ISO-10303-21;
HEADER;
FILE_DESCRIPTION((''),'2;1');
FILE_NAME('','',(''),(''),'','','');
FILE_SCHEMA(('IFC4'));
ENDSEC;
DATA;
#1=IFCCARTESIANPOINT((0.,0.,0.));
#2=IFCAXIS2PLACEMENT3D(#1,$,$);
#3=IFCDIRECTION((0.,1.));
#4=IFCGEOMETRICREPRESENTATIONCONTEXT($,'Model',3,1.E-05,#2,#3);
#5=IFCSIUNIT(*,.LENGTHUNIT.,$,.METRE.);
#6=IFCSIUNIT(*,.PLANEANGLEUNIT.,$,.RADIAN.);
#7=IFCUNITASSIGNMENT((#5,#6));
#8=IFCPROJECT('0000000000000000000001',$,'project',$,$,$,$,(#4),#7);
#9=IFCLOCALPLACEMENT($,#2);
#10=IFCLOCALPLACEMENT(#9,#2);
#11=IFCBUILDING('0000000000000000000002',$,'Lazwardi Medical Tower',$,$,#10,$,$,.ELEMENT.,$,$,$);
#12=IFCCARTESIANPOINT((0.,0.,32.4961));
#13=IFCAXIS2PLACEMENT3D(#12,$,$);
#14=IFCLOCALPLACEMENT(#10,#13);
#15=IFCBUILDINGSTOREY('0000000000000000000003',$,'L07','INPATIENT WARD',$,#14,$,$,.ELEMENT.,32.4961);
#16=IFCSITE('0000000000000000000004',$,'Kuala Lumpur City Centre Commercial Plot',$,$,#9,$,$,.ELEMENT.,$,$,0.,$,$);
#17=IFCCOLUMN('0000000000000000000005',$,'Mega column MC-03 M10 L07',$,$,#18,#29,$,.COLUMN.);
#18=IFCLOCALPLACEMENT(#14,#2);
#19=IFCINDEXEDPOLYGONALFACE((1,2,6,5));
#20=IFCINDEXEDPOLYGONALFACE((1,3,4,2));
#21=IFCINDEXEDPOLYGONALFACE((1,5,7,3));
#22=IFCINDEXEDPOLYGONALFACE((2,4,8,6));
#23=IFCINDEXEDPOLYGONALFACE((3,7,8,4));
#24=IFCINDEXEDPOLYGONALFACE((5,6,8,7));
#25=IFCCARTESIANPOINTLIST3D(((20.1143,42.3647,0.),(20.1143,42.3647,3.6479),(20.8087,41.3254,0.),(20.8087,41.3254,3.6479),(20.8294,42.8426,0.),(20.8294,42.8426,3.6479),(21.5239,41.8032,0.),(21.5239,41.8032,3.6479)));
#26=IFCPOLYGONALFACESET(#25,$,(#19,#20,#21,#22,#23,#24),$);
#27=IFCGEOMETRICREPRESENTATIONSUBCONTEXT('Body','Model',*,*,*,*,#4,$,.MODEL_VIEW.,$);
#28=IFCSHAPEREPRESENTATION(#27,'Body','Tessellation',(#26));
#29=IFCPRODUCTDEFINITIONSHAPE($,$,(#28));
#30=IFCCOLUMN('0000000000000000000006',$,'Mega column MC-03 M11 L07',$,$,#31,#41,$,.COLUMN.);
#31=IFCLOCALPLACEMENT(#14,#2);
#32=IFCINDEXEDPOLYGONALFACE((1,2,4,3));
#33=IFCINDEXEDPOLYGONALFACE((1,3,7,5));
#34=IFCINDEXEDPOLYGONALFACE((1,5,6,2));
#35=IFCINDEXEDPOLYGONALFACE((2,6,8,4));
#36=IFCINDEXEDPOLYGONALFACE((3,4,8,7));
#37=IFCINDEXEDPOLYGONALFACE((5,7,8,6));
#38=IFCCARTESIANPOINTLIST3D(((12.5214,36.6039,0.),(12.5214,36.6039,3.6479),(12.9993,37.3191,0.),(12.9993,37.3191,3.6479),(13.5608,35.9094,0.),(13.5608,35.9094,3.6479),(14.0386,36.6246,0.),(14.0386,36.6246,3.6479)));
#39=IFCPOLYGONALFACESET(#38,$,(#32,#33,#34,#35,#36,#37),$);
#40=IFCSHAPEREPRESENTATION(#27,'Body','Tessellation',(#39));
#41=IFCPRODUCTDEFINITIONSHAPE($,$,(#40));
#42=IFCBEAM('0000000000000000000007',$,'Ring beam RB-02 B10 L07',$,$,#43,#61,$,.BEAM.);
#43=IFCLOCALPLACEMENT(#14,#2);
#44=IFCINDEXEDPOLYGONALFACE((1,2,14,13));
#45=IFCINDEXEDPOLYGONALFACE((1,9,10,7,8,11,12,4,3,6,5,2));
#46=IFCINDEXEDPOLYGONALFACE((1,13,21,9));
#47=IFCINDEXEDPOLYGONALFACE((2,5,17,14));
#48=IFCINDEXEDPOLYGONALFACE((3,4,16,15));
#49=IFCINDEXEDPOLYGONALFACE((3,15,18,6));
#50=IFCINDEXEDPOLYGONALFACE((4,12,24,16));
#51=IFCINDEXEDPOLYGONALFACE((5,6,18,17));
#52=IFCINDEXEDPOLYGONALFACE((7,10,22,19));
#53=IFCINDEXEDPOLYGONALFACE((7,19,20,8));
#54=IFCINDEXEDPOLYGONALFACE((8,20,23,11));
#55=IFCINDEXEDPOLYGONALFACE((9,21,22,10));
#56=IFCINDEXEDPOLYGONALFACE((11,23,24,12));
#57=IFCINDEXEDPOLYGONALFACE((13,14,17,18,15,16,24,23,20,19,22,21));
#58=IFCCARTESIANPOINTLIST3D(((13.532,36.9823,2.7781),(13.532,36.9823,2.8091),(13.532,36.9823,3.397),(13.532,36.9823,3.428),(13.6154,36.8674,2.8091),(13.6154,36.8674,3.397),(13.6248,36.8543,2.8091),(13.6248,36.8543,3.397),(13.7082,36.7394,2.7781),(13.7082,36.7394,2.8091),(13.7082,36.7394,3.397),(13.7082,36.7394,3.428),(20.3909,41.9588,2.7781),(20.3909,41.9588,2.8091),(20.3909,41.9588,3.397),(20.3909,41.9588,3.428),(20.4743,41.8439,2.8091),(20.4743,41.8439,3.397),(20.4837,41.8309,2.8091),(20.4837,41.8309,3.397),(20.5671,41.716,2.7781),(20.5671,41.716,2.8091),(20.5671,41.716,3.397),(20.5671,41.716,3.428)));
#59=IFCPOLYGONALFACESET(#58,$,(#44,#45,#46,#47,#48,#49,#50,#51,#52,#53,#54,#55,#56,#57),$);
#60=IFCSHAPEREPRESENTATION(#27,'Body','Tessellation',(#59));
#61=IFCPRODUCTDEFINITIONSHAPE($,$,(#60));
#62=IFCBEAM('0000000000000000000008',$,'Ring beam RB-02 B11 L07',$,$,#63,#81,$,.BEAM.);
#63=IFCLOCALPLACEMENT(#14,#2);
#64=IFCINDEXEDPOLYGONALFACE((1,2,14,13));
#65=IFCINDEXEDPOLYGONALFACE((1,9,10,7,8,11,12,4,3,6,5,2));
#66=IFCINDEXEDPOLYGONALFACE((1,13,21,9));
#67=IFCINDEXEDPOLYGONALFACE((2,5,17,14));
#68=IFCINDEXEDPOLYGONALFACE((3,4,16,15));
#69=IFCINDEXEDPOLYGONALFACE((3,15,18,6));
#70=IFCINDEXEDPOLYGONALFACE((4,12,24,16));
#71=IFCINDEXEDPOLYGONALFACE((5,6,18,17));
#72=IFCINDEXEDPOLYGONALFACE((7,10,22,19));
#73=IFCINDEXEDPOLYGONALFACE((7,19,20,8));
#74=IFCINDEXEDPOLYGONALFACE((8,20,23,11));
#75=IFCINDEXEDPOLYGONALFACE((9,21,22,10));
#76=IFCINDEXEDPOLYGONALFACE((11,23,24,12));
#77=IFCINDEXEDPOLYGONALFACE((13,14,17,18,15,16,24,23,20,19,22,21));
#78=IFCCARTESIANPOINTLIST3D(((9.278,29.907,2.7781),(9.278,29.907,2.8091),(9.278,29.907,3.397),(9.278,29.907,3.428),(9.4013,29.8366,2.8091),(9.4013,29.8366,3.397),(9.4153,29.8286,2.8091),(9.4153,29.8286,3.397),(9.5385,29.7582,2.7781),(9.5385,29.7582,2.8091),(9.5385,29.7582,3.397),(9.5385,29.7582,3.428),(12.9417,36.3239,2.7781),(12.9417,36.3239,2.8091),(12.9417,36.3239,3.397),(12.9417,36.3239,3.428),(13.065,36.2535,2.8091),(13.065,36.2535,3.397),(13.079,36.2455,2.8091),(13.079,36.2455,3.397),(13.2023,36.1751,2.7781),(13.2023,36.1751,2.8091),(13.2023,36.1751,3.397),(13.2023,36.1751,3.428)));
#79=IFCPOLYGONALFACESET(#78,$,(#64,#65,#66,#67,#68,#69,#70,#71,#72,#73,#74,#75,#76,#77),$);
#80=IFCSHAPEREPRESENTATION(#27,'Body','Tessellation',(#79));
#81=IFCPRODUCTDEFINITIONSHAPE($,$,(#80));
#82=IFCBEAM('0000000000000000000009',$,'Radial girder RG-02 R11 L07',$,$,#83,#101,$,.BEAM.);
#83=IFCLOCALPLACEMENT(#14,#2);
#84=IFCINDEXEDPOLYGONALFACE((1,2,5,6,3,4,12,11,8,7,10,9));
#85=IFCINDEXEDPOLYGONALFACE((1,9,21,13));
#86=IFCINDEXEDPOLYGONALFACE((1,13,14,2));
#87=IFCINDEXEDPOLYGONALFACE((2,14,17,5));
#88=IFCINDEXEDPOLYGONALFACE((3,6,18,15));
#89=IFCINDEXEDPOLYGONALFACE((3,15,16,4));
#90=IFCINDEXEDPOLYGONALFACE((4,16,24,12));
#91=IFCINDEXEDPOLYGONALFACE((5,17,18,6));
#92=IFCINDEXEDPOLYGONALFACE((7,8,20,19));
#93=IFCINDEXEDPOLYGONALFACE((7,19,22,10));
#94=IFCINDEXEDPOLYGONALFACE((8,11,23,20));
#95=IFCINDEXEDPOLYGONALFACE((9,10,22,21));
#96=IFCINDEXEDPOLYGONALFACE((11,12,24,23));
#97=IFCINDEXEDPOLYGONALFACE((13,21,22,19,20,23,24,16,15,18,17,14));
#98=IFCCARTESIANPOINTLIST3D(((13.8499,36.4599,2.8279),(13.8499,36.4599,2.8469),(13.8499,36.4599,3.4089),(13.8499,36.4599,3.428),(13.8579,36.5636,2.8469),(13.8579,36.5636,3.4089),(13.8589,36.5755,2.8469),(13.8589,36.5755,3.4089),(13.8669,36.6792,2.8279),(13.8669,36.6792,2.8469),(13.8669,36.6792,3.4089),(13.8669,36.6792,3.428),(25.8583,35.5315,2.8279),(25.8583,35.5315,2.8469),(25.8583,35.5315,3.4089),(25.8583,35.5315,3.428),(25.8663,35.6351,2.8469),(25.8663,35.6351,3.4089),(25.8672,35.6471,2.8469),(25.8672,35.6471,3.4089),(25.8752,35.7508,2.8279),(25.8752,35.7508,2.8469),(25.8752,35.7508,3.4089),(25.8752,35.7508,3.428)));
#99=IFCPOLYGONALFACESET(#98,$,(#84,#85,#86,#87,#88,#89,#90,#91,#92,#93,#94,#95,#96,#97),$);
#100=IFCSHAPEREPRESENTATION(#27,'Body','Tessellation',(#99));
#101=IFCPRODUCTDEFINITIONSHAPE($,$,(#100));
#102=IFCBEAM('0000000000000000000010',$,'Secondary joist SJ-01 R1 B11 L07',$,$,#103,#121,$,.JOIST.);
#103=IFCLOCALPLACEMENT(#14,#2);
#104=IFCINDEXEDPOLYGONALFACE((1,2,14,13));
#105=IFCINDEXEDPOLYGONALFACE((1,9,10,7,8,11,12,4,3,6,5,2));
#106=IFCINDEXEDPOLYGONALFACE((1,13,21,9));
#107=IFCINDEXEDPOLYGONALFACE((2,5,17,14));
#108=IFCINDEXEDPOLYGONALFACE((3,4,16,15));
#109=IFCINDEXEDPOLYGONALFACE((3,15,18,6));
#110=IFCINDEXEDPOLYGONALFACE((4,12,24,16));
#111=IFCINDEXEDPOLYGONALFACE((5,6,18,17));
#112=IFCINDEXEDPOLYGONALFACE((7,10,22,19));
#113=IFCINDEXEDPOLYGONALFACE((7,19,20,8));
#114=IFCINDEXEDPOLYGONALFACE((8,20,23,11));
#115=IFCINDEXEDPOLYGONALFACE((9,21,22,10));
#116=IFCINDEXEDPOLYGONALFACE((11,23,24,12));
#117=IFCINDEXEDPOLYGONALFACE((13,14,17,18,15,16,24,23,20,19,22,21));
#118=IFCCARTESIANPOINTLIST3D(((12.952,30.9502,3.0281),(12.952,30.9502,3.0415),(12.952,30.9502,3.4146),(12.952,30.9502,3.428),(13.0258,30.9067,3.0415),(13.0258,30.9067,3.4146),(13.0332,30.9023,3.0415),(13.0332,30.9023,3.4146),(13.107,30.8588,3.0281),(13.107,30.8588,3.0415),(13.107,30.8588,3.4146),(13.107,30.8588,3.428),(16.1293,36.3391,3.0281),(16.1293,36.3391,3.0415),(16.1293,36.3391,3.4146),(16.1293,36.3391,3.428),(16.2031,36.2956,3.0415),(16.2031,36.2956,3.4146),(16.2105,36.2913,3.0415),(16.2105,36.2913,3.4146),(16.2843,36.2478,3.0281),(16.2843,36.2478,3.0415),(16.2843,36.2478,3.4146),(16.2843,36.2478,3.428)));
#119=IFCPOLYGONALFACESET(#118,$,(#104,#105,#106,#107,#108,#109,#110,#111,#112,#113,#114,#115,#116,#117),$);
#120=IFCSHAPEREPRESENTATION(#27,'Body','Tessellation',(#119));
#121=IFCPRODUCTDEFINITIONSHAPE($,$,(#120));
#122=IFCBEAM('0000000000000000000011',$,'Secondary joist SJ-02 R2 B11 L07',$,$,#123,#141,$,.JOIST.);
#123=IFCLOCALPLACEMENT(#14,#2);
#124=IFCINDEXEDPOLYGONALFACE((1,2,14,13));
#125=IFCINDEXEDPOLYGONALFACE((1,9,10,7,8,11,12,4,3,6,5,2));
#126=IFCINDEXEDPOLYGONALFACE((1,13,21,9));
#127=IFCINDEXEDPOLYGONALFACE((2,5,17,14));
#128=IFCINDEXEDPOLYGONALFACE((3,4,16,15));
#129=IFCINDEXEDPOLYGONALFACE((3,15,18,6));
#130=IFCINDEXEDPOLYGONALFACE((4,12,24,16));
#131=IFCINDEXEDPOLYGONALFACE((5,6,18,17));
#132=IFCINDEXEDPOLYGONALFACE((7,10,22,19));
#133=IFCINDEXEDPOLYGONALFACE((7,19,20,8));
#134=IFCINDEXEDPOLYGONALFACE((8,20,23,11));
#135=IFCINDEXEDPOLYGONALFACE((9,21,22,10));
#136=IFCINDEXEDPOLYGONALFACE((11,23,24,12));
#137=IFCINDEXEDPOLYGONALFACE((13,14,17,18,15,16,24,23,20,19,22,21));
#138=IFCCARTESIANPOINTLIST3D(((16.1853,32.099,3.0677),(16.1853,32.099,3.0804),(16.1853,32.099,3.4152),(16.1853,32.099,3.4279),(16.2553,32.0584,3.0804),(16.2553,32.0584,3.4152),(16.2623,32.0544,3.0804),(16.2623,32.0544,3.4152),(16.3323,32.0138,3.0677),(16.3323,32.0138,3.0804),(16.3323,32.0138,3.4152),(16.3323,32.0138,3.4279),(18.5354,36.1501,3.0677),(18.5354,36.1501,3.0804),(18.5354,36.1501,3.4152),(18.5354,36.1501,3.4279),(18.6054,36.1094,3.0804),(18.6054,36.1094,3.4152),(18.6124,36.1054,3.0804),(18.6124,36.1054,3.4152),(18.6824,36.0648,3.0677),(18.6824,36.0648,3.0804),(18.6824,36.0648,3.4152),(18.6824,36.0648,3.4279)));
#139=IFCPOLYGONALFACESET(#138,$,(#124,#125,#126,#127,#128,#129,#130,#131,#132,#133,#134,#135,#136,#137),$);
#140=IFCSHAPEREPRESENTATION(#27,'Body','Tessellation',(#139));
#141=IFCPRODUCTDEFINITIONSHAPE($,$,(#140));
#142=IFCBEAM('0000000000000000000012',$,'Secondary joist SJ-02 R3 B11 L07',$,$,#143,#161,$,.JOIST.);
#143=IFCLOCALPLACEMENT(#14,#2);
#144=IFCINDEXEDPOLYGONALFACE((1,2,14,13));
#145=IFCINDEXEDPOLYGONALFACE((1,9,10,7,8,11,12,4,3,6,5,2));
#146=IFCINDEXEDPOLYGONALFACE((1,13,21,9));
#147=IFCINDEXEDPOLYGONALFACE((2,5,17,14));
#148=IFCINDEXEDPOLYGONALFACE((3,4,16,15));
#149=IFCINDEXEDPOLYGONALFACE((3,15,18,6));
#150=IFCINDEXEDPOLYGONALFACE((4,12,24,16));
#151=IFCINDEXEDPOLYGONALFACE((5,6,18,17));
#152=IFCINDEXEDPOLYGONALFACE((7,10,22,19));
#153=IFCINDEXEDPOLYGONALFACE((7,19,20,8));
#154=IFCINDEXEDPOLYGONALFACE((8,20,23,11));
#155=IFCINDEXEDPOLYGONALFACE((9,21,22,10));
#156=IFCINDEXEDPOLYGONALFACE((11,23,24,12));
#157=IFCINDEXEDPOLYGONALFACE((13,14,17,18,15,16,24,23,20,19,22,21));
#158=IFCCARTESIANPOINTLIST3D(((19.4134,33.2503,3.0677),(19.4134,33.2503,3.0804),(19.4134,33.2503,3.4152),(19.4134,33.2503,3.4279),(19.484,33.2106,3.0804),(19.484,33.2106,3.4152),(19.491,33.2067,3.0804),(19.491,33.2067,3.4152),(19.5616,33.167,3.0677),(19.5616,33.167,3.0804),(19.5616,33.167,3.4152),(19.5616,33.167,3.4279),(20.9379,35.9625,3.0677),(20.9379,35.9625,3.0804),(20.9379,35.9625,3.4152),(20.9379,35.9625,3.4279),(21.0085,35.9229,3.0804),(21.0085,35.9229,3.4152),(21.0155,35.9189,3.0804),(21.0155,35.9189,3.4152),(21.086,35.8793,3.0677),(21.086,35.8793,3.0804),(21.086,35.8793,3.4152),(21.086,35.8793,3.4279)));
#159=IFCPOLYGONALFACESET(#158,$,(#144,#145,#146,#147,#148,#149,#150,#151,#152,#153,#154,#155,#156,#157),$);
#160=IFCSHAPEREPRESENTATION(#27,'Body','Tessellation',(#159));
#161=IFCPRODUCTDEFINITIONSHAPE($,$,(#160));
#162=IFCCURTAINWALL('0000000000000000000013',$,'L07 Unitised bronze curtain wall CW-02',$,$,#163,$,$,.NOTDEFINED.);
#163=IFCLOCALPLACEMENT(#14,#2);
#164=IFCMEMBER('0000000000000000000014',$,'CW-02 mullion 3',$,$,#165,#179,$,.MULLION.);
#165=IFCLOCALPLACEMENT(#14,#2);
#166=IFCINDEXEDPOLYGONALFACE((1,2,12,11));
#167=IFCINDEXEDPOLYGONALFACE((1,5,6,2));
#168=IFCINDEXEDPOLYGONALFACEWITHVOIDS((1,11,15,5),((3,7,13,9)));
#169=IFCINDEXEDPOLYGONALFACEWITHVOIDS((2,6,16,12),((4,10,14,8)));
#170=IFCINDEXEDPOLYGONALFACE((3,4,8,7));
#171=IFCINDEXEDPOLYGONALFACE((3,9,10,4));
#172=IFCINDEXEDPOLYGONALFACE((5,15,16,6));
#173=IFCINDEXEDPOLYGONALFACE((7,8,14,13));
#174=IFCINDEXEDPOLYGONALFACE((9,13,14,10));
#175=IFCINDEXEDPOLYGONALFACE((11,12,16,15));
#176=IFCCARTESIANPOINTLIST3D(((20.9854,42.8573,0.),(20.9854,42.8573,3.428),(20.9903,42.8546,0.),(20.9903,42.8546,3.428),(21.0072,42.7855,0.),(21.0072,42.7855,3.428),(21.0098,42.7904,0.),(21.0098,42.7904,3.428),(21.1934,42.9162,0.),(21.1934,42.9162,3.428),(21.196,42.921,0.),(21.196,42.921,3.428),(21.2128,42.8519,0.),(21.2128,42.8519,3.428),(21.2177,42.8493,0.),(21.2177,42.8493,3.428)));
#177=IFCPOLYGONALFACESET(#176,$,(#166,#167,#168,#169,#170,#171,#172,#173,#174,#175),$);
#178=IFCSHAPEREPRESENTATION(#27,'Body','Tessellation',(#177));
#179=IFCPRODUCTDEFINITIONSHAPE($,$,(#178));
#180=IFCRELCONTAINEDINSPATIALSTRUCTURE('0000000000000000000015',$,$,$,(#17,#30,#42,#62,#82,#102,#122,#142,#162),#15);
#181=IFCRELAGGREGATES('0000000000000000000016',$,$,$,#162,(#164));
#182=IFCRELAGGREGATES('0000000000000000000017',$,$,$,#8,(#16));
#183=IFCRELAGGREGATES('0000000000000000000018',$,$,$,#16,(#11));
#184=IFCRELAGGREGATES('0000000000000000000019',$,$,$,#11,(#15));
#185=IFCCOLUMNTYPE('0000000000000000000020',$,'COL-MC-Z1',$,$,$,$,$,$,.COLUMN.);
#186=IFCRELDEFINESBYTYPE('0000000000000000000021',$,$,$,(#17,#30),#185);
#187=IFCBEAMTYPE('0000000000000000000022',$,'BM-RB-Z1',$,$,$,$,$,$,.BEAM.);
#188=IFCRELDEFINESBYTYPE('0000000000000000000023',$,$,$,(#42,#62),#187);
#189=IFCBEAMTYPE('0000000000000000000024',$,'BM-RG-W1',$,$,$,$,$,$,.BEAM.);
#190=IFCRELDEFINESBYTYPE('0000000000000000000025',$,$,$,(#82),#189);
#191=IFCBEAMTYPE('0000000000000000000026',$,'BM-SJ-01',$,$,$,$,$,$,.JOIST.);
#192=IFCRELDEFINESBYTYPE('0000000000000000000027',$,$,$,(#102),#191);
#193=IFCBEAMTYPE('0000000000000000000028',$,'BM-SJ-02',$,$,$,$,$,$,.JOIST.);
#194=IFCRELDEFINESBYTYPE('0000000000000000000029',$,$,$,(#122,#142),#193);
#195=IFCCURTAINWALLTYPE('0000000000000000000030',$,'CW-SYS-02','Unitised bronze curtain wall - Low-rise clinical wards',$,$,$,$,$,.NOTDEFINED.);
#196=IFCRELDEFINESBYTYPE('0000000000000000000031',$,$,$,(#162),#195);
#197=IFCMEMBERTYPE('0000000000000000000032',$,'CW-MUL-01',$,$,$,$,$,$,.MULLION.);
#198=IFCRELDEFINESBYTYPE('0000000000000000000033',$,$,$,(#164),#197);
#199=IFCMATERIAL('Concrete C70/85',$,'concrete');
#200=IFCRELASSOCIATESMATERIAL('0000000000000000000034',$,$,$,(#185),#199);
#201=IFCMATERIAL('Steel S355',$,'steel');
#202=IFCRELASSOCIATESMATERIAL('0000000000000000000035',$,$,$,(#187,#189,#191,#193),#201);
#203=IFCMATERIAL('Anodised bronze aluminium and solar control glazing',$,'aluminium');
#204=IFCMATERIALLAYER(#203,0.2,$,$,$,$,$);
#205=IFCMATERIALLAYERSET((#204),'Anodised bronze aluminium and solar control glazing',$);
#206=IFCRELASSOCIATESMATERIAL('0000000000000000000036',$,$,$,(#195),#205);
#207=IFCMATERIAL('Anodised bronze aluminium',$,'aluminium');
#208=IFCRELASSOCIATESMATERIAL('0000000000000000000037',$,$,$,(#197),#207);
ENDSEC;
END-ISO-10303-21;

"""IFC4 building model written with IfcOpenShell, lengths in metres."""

from ifc_helpers import new_model, si_unit, direction, frame, origin, origin_2d, place, context, subcontext, project, spatial, rectangle, hollow_rectangle, i_section, extrude, material, layer, layer_set, material_profile, profile_set, type_object, element, aggregate, save


model = new_model("IFC4")

# Units and contexts
model_context = context("Model", 3, precision=1e-05, world=origin(), true_north=direction((0.0, 1.0)))
body_context = subcontext(model_context, "Body", "Model", "MODEL_VIEW")
ifc_project = project(units=[si_unit("LENGTHUNIT", "METRE"), si_unit("PLANEANGLEUNIT", "RADIAN")], contexts=[model_context])

# Site, building, storey
site_placement = place(None, origin())
site = spatial("IfcSite", under=ifc_project, at=site_placement, Name="Kuala Lumpur City Centre Commercial Plot", CompositionType="ELEMENT", RefElevation=0.0)
building_placement = place(site_placement, origin())
building = spatial("IfcBuilding", under=site, at=building_placement, Name="Lazwardi Medical Tower", CompositionType="ELEMENT")
storey_placement = place(building_placement, frame((0.0, 0.0, 32.4961)))
storey = spatial("IfcBuildingStorey", under=building, at=storey_placement, Name="L07", Description="INPATIENT WARD", CompositionType="ELEMENT", Elevation=32.4961)

# Columns
ifc_material_1 = material(Name="Concrete C70/85", Category="concrete")
ifc_material_profile_1 = material_profile(ifc_material_1, rectangle(XDim=1.25, YDim=0.8601, at=origin_2d()), Name="CFT-RECT 1250x860")
ifc_profile_set_1 = profile_set([ifc_material_profile_1], Name="Concrete C70/85")
column_type = type_object("IfcColumnType", Name="COL-MC-Z1", PredefinedType="COLUMN", material=ifc_profile_set_1)
for number, where, z_axis, x_axis, name in (
    (1, (20.8191, 42.084, 0.0), (0.0, 0.0, 1.0), (-0.55557, 0.83147, 0.0), "Mega column MC-03 M10 L07"),
    (2, (13.28, 36.6143, 0.0), (0.0, 0.0, 1.0), (-0.83147, 0.55557, 0.0), "Mega column MC-03 M11 L07"),
):
    element("IfcColumn", number, at=place(storey_placement, frame(where, z_axis=z_axis, x_axis=x_axis)), inside=storey, type_object=column_type, Name=name, PredefinedType="COLUMN", context=body_context, shape_type="SweptSolid", body=[
        extrude(rectangle(XDim=1.25, YDim=0.8601, at=origin_2d()), origin(), (0.0, 0.0, 1.0), 3.6479),
    ])

# Beams
ifc_material_2 = material(Name="Steel S355", Category="steel")
ifc_material_profile_2 = material_profile(ifc_material_2, i_section(OverallWidth=0.3, OverallDepth=0.6499, WebThickness=0.0161, FlangeThickness=0.031, at=origin_2d()), Name="HEB 650")
ifc_profile_set_2 = profile_set([ifc_material_profile_2], Name="Steel S355")
beam_type_1 = type_object("IfcBeamType", Name="BM-RB-Z1", PredefinedType="BEAM", material=ifc_profile_set_2)
beam_1_placement = place(storey_placement, frame((20.479, 41.8374, 3.103), z_axis=(-0.809393, -0.587267, 0.0), x_axis=(0.587267, -0.809393, 0.0)))
element("IfcBeam", 3, at=beam_1_placement, inside=storey, type_object=beam_type_1, Name="Ring beam RB-02 B10 L07", PredefinedType="BEAM", context=body_context, shape_type="SweptSolid", body=[
    extrude(i_section(OverallWidth=0.3, OverallDepth=0.6499, WebThickness=0.0161, FlangeThickness=0.031, at=origin_2d()), origin(), (0.0, 0.0, 1.0), 8.4741),
])
beam_2_placement = place(storey_placement, frame((13.072, 36.2495, 3.103), z_axis=(-0.495829, -0.86842, 0.0), x_axis=(0.86842, -0.495829, 0.0)))
element("IfcBeam", 4, at=beam_2_placement, inside=storey, type_object=beam_type_1, Name="Ring beam RB-02 B11 L07", PredefinedType="BEAM", context=body_context, shape_type="SweptSolid", body=[
    extrude(i_section(OverallWidth=0.3, OverallDepth=0.6499, WebThickness=0.0161, FlangeThickness=0.031, at=origin_2d()), origin(), (0.0, 0.0, 1.0), 7.3892),
])
ifc_material_profile_3 = material_profile(ifc_material_2, i_section(OverallWidth=0.22, OverallDepth=0.6001, WebThickness=0.012, FlangeThickness=0.019, at=origin_2d()), Name="IPE 600")
ifc_profile_set_3 = profile_set([ifc_material_profile_3], Name="Steel S355")
beam_type_2 = type_object("IfcBeamType", Name="BM-RG-W1", PredefinedType="BEAM", material=ifc_profile_set_3)
beam_3_placement = place(storey_placement, frame((13.8584, 36.5696, 3.1279), z_axis=(0.997024, -0.077089, 0.0), x_axis=(0.077089, 0.997024, 0.0)))
element("IfcBeam", 5, at=beam_3_placement, inside=storey, type_object=beam_type_2, Name="Radial girder RG-02 R11 L07", PredefinedType="BEAM", context=body_context, shape_type="SweptSolid", body=[
    extrude(i_section(OverallWidth=0.22, OverallDepth=0.6001, WebThickness=0.012, FlangeThickness=0.019, at=origin_2d()), origin(), (0.0, 0.0, 1.0), 12.0442),
])
ifc_material_profile_4 = material_profile(ifc_material_2, i_section(OverallWidth=0.1799, OverallDepth=0.3999, WebThickness=0.0085, FlangeThickness=0.0134, at=origin_2d()), Name="IPE 400")
ifc_profile_set_4 = profile_set([ifc_material_profile_4], Name="Steel S355")
beam_type_3 = type_object("IfcBeamType", Name="BM-SJ-01", PredefinedType="JOIST", material=ifc_profile_set_4)
beam_4_placement = place(storey_placement, frame((16.2068, 36.2935, 3.228), z_axis=(-0.507886, -0.861424, 0.0), x_axis=(0.861424, -0.507886, 0.0)))
element("IfcBeam", 6, at=beam_4_placement, inside=storey, type_object=beam_type_3, Name="Secondary joist SJ-01 R1 B11 L07", PredefinedType="JOIST", context=body_context, shape_type="SweptSolid", body=[
    extrude(i_section(OverallWidth=0.1799, OverallDepth=0.3999, WebThickness=0.0085, FlangeThickness=0.0134, at=origin_2d()), origin(), (0.0, 0.0, 1.0), 6.2559),
])
ifc_material_profile_5 = material_profile(ifc_material_2, i_section(OverallWidth=0.1699, OverallDepth=0.3601, WebThickness=0.0081, FlangeThickness=0.0127, at=origin_2d()), Name="IPE 360")
ifc_profile_set_5 = profile_set([ifc_material_profile_5], Name="Steel S355")
beam_type_4 = type_object("IfcBeamType", Name="BM-SJ-02", PredefinedType="JOIST", material=ifc_profile_set_5)
beam_5_placement = place(storey_placement, frame((18.6089, 36.1074, 3.2478), z_axis=(-0.501798, -0.864985, 0.0), x_axis=(0.864985, -0.501798, 0.0)))
element("IfcBeam", 7, at=beam_5_placement, inside=storey, type_object=beam_type_4, Name="Secondary joist SJ-02 R2 B11 L07", PredefinedType="JOIST", context=body_context, shape_type="SweptSolid", body=[
    extrude(i_section(OverallWidth=0.1699, OverallDepth=0.3601, WebThickness=0.0081, FlangeThickness=0.0127, at=origin_2d()), origin(), (0.0, 0.0, 1.0), 4.6833),
])
beam_6_placement = place(storey_placement, frame((21.012, 35.9209, 3.2478), z_axis=(-0.489974, -0.871737, 0.0), x_axis=(0.871737, -0.489974, 0.0)))
element("IfcBeam", 8, at=beam_6_placement, inside=storey, type_object=beam_type_4, Name="Secondary joist SJ-02 R3 B11 L07", PredefinedType="JOIST", context=body_context, shape_type="SweptSolid", body=[
    extrude(i_section(OverallWidth=0.1699, OverallDepth=0.3601, WebThickness=0.0081, FlangeThickness=0.0127, at=origin_2d()), origin(), (0.0, 0.0, 1.0), 3.1113),
])

# Curtain wall, member
ifc_material_3 = material(Name="Anodised bronze aluminium and solar control glazing", Category="aluminium")
ifc_layer_1 = layer(ifc_material_3, 0.2)
ifc_layer_set_1 = layer_set([ifc_layer_1], Name="Anodised bronze aluminium and solar control glazing")
curtain_wall_type = type_object("IfcCurtainWallType", Name="CW-SYS-02", Description="Unitised bronze curtain wall - Low-rise clinical wards", PredefinedType="NOTDEFINED", material=ifc_layer_set_1)
curtain_wall_1_placement = place(storey_placement, origin())
curtain_wall_1 = element("IfcCurtainWall", 9, at=curtain_wall_1_placement, inside=storey, type_object=curtain_wall_type, Name="L07 Unitised bronze curtain wall CW-02", PredefinedType="NOTDEFINED")
ifc_material_4 = material(Name="Anodised bronze aluminium", Category="aluminium")
ifc_material_profile_6 = material_profile(ifc_material_4, hollow_rectangle(XDim=0.075, YDim=0.22, WallThickness=0.0039, at=origin_2d()), Name="ALU-MULLION 220x75x4")
ifc_profile_set_6 = profile_set([ifc_material_profile_6], Name="Anodised bronze aluminium")
member_type_1 = type_object("IfcMemberType", Name="CW-MUL-01", PredefinedType="MULLION", material=ifc_profile_set_6)
member_1_placement = place(storey_placement, frame((21.1016, 42.8533, 0.0), z_axis=(0.0, 0.0, 1.0), x_axis=(0.289896, -0.957058, 0.0)))
member_1 = element("IfcMember", 10, at=member_1_placement, type_object=member_type_1, Name="CW-02 mullion 3", PredefinedType="MULLION", context=body_context, shape_type="SweptSolid", body=[
    extrude(hollow_rectangle(XDim=0.075, YDim=0.22, WallThickness=0.0039, at=origin_2d()), origin(), (0.0, 0.0, 1.0), 3.428),
])
aggregate(curtain_wall_1, [member_1])

save(model, "model.ifc")
